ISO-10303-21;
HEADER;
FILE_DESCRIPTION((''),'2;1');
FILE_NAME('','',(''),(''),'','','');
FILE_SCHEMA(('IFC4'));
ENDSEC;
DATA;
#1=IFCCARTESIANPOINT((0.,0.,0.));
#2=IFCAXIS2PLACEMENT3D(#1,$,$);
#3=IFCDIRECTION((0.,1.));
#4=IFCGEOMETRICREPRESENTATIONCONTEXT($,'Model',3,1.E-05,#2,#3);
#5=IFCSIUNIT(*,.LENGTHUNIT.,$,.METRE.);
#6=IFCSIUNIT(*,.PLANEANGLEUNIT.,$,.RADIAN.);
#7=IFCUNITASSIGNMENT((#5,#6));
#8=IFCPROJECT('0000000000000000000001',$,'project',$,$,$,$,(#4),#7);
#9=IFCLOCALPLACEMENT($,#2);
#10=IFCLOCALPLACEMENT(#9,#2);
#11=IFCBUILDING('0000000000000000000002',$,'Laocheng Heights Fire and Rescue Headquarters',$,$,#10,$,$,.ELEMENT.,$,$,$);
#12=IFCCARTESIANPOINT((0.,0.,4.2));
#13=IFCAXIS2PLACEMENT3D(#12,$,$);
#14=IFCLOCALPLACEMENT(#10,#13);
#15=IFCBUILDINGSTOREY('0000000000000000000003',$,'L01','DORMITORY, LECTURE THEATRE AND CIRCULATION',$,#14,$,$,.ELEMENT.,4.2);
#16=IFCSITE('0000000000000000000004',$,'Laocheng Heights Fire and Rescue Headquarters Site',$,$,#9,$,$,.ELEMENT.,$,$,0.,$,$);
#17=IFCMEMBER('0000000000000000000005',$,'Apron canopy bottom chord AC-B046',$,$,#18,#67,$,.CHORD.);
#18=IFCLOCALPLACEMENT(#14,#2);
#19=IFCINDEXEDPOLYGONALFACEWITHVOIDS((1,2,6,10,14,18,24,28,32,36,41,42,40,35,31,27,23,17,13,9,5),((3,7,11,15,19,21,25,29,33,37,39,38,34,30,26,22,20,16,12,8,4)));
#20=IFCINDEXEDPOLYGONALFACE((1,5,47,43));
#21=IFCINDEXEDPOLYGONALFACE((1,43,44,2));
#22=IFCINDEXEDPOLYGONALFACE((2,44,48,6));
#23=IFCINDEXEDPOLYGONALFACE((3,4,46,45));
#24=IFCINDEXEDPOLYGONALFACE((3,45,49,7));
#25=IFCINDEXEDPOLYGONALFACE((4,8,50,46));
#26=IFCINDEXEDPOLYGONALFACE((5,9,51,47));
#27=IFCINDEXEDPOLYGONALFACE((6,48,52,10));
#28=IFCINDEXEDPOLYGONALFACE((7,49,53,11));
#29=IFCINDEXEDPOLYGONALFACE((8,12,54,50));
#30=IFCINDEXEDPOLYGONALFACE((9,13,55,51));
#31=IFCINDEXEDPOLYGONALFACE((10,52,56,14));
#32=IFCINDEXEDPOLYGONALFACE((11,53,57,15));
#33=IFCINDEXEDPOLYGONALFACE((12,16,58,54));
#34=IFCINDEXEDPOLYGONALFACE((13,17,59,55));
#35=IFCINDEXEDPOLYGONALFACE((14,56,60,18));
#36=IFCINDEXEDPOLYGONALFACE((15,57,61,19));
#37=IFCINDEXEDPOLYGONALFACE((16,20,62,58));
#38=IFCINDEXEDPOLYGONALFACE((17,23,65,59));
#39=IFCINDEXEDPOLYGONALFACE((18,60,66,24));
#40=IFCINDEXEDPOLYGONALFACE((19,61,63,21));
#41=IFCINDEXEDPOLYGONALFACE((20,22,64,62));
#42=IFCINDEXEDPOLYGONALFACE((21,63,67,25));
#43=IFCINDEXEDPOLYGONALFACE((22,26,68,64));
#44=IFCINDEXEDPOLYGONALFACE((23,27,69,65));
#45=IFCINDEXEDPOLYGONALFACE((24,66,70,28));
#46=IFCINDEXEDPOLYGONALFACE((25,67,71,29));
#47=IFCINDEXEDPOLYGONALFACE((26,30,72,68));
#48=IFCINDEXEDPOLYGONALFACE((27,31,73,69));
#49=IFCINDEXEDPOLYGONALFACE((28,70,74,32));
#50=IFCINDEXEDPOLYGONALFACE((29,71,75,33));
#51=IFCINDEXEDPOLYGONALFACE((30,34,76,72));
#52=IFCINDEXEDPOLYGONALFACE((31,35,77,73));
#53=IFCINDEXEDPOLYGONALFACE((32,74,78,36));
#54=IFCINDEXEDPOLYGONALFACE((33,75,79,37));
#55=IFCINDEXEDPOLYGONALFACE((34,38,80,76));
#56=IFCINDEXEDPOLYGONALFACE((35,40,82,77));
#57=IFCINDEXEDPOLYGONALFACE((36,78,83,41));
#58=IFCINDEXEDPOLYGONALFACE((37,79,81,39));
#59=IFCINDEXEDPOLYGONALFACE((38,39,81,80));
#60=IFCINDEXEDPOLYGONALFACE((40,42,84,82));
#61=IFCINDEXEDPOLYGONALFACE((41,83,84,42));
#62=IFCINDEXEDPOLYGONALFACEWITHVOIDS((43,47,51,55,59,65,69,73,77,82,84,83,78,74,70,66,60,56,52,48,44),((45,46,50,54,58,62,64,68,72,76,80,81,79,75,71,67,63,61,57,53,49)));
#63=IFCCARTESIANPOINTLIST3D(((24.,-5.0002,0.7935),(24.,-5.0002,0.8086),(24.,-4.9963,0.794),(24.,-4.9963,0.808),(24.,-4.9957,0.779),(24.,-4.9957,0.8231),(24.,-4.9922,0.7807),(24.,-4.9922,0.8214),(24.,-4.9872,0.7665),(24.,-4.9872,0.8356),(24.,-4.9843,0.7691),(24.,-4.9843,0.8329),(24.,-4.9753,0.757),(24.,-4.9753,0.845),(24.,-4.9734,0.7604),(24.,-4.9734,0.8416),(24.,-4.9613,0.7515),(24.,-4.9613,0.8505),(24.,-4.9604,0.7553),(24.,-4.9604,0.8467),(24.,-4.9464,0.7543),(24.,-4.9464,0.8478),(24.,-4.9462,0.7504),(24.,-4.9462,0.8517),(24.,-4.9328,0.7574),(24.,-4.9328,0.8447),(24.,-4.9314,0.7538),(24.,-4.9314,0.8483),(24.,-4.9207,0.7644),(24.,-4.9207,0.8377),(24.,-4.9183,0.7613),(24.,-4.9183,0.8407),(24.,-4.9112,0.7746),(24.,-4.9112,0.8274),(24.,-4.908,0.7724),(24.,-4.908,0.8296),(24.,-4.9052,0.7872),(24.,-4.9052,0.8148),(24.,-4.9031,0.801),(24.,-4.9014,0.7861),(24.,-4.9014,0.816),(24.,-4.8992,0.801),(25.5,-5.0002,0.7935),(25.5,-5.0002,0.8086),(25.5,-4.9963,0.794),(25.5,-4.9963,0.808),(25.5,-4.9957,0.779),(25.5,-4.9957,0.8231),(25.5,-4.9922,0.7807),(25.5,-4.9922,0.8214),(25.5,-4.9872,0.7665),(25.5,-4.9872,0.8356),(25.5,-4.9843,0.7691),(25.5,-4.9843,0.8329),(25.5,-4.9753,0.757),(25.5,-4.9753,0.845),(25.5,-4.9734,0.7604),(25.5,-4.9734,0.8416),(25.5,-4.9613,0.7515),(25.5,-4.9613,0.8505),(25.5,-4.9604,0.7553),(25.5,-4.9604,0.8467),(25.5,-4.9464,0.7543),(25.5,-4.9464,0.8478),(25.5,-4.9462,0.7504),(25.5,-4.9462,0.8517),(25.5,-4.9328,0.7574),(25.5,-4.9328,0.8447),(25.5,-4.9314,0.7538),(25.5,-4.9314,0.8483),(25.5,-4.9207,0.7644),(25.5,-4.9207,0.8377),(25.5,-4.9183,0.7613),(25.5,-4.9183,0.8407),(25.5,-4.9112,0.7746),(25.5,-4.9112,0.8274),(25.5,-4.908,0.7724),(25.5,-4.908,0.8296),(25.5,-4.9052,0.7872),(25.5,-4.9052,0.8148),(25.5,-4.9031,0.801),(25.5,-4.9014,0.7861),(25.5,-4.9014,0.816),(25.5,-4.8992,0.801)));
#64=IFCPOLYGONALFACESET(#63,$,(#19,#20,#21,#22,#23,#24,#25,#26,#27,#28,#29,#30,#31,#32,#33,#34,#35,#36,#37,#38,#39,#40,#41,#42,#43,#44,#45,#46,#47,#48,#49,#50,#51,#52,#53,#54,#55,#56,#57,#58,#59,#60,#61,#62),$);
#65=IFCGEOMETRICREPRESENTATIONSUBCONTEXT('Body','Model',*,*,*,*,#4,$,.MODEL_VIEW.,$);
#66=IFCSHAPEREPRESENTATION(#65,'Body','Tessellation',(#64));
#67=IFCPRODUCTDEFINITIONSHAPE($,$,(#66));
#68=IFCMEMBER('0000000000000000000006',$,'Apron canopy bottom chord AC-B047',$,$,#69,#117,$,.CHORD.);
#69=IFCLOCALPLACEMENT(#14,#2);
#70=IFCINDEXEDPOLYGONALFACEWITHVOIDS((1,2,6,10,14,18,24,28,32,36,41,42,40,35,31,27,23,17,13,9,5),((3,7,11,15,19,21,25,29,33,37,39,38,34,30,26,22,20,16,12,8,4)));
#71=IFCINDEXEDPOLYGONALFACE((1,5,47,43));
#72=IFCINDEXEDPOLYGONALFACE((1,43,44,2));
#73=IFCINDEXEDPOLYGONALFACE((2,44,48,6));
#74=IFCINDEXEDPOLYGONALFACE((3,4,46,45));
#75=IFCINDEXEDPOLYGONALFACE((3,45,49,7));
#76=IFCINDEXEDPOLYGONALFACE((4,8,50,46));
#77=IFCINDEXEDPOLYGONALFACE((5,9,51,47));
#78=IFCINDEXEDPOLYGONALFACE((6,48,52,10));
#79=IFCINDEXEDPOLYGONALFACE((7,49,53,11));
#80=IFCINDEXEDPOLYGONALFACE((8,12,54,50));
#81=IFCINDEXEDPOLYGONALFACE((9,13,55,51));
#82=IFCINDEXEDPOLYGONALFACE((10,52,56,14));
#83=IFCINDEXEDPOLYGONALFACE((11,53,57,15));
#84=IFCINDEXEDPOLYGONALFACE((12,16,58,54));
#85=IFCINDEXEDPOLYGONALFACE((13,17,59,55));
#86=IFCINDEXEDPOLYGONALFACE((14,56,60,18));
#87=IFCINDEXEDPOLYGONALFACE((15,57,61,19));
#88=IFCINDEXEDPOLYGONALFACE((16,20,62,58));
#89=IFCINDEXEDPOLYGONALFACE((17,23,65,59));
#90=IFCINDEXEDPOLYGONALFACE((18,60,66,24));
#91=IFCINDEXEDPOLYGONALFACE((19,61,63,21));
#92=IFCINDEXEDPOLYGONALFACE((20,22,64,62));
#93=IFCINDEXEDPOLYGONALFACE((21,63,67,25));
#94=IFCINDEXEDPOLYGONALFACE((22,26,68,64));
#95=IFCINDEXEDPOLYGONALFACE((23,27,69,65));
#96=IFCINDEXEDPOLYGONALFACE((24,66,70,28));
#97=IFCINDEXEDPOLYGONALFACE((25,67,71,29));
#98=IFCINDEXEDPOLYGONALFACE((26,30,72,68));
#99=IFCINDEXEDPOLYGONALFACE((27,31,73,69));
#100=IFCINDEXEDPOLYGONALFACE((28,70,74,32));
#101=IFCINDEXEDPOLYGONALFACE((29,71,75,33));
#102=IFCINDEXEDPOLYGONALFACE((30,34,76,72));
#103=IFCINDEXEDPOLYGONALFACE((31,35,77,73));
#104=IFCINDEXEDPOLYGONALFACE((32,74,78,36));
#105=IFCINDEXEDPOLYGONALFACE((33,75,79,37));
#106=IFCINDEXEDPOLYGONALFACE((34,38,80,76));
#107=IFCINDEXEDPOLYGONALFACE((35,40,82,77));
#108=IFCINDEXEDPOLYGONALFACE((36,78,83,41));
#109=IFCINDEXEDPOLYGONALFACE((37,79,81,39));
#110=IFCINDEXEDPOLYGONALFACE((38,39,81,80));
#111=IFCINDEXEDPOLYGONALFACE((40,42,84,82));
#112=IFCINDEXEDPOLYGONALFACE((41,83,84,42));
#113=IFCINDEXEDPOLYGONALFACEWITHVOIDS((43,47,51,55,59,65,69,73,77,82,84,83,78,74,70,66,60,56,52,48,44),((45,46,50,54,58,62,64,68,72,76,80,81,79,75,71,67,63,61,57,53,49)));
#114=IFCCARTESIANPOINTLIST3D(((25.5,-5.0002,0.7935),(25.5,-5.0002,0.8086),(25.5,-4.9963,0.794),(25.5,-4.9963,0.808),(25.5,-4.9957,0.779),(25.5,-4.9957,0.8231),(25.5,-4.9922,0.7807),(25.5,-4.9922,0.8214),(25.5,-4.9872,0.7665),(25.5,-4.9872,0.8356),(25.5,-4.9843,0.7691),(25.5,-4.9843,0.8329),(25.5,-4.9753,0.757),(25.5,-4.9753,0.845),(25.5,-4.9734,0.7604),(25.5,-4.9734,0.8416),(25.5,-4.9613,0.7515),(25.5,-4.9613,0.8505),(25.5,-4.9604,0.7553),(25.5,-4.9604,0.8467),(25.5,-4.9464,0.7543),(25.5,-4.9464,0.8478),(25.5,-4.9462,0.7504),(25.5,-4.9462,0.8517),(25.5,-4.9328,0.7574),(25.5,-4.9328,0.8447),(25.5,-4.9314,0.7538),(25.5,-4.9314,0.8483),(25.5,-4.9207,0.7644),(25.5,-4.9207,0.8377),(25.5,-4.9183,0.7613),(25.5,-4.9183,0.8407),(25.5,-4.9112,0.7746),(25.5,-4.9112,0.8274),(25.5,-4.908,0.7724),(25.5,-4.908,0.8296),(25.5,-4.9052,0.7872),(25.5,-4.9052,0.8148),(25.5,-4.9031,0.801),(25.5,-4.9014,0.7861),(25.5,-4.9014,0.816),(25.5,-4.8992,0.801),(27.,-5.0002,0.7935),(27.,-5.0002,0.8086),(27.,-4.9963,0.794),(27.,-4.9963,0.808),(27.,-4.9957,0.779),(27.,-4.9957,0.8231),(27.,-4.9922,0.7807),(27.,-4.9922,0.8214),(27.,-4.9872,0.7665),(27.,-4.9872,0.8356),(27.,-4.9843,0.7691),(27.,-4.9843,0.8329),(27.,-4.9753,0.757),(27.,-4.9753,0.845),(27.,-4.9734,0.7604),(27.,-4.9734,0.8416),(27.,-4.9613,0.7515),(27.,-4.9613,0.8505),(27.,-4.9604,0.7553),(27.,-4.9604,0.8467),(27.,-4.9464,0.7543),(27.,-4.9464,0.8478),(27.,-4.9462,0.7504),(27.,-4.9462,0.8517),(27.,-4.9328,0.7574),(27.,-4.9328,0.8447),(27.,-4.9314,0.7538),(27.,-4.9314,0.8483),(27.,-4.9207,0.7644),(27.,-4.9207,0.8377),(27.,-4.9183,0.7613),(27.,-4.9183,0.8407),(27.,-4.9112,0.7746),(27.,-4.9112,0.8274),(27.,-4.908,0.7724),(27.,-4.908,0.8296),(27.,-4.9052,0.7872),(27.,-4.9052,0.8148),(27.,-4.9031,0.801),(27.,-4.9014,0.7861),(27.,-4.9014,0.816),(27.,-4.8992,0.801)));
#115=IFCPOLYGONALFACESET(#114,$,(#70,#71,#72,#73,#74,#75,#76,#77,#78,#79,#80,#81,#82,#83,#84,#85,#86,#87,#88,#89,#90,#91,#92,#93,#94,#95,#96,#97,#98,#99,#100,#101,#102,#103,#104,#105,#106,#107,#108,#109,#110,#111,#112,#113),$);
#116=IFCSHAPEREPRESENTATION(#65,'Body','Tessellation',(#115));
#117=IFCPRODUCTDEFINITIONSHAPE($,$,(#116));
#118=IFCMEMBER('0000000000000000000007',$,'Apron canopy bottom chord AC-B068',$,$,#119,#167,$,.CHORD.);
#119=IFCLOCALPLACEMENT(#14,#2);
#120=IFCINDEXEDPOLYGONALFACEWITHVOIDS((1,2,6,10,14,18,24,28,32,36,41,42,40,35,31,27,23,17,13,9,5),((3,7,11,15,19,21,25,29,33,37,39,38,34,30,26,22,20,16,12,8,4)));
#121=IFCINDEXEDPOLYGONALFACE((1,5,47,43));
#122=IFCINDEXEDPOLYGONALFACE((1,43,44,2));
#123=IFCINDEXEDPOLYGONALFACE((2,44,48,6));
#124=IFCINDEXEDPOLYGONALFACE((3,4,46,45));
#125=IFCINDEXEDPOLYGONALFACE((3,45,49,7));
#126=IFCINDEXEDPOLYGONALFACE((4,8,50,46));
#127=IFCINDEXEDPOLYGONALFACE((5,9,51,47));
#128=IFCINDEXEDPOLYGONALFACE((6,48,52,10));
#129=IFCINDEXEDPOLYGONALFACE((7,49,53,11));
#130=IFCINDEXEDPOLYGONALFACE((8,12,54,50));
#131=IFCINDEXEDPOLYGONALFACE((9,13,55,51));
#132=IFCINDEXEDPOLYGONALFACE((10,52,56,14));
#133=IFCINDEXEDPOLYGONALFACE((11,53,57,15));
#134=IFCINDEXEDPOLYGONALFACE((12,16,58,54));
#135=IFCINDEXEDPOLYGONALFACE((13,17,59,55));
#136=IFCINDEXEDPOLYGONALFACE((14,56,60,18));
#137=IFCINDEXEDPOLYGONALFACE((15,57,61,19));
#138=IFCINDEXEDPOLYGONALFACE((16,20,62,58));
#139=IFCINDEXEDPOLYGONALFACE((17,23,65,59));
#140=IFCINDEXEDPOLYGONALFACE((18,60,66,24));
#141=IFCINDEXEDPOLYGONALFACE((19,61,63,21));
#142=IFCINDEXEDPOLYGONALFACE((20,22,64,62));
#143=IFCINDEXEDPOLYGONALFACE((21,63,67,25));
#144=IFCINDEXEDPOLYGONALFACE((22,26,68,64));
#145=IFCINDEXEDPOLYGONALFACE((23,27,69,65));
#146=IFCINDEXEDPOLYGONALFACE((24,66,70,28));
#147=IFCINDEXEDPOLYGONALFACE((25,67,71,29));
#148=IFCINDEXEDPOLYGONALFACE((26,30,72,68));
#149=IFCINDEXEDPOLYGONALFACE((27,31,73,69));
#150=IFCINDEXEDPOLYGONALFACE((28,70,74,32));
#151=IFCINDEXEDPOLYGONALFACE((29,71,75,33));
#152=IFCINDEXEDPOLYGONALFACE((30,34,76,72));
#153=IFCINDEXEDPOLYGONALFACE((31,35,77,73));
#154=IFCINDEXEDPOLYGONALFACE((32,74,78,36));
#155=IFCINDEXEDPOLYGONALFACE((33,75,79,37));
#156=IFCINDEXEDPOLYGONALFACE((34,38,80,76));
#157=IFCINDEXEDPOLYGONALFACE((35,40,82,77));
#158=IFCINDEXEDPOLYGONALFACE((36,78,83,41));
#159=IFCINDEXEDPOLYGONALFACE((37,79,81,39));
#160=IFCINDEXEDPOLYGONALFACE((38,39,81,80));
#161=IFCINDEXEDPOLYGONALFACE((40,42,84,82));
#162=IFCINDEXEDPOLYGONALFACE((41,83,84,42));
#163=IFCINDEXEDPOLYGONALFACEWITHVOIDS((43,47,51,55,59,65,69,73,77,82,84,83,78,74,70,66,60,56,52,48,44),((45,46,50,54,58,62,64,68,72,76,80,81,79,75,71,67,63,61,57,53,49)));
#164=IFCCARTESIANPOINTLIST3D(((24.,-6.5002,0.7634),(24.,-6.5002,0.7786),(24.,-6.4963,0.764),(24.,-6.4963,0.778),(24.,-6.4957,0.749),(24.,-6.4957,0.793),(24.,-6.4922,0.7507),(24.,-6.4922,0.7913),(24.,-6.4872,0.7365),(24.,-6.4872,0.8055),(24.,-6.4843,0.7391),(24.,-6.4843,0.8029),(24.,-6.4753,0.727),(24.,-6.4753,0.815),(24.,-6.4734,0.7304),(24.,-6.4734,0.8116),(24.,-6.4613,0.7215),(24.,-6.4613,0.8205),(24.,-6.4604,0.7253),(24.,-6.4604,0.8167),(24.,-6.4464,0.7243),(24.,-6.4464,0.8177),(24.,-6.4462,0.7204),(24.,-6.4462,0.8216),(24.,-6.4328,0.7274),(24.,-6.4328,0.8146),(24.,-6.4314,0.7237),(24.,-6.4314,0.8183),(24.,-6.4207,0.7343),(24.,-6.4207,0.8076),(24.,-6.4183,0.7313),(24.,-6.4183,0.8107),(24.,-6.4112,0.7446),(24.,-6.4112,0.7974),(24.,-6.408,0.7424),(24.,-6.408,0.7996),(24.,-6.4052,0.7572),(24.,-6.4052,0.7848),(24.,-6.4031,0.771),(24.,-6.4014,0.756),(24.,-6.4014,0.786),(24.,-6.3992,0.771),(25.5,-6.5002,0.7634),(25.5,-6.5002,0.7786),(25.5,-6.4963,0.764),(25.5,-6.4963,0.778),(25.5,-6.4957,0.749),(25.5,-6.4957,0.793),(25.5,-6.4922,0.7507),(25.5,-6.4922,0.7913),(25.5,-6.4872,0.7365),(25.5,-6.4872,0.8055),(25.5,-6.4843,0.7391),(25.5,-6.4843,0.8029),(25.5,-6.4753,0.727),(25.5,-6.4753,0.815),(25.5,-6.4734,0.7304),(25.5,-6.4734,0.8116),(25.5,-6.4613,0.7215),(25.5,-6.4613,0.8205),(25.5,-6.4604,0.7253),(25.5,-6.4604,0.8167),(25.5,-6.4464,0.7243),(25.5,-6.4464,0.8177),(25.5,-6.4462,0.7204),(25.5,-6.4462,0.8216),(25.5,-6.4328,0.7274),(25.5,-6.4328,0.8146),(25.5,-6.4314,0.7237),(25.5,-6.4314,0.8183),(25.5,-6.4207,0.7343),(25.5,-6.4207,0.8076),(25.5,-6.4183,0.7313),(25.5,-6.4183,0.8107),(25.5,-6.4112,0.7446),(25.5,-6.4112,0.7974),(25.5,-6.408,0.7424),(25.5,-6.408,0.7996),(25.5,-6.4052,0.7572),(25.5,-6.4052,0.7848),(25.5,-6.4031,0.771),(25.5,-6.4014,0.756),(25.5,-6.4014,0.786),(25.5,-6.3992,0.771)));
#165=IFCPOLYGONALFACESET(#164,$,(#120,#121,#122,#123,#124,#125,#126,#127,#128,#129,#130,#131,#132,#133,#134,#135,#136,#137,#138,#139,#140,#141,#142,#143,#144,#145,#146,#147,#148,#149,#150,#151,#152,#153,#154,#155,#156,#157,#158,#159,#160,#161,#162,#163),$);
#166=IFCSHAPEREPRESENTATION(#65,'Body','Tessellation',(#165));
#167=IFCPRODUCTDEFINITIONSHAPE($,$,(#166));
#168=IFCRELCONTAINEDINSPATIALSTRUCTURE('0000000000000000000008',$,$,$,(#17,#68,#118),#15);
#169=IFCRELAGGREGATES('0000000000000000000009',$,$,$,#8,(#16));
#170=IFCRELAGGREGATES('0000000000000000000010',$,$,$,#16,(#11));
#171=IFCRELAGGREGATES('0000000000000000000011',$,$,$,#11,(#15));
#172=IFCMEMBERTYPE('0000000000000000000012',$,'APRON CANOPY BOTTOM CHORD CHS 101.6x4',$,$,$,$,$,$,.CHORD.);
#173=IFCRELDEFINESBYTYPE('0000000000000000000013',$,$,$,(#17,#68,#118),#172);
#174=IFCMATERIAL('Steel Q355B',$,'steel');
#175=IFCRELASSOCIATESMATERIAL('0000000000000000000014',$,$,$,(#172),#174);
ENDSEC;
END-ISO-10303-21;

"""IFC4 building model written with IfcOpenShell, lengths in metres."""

from ifc_helpers import new_model, si_unit, direction, frame, origin, origin_2d, place, context, subcontext, project, spatial, hollow_circle, extrude, material, material_profile, profile_set, type_object, element, save


model = new_model("IFC4")

# Units and contexts
model_context = context("Model", 3, precision=1e-05, world=origin(), true_north=direction((0.0, 1.0)))
body_context = subcontext(model_context, "Body", "Model", "MODEL_VIEW")
ifc_project = project(units=[si_unit("LENGTHUNIT", "METRE"), si_unit("PLANEANGLEUNIT", "RADIAN")], contexts=[model_context])

# Site, building, storey
site_placement = place(None, origin())
site = spatial("IfcSite", under=ifc_project, at=site_placement, Name="Laocheng Heights Fire and Rescue Headquarters Site", CompositionType="ELEMENT", RefElevation=0.0)
building_placement = place(site_placement, origin())
building = spatial("IfcBuilding", under=site, at=building_placement, Name="Laocheng Heights Fire and Rescue Headquarters", CompositionType="ELEMENT")
storey_placement = place(building_placement, frame((0.0, 0.0, 4.2)))
storey = spatial("IfcBuildingStorey", under=building, at=storey_placement, Name="L01", Description="DORMITORY, LECTURE THEATRE AND CIRCULATION", CompositionType="ELEMENT", Elevation=4.2)

# Members
ifc_material_1 = material(Name="Steel Q355B", Category="steel")
ifc_material_profile_1 = material_profile(ifc_material_1, hollow_circle(Radius=0.0508, WallThickness=0.0039, at=origin_2d()), Name="CHS 101.6x4")
ifc_profile_set_1 = profile_set([ifc_material_profile_1], Name="Steel Q355B")
member_type_1 = type_object("IfcMemberType", Name="APRON CANOPY BOTTOM CHORD CHS 101.6x4", PredefinedType="CHORD", material=ifc_profile_set_1)
for number, where, z_axis, x_axis, name in (
    (1, (24.0, -4.95, 0.801), (1.0, 0.0, 0.0), (0.0, 1.0, 0.0), "Apron canopy bottom chord AC-B046"),
    (2, (25.5, -4.95, 0.801), (1.0, 0.0, 0.0), (0.0, 1.0, 0.0), "Apron canopy bottom chord AC-B047"),
    (3, (24.0, -6.45, 0.771), (1.0, 0.0, 0.0), (0.0, 1.0, 0.0), "Apron canopy bottom chord AC-B068"),
):
    element("IfcMember", number, at=place(storey_placement, frame(where, z_axis=z_axis, x_axis=x_axis)), inside=storey, type_object=member_type_1, Name=name, PredefinedType="CHORD", context=body_context, shape_type="SweptSolid", body=[
        extrude(hollow_circle(Radius=0.0508, WallThickness=0.0039, at=origin_2d()), origin(), (0.0, 0.0, 1.0), 1.5),
    ])

save(model, "model.ifc")
